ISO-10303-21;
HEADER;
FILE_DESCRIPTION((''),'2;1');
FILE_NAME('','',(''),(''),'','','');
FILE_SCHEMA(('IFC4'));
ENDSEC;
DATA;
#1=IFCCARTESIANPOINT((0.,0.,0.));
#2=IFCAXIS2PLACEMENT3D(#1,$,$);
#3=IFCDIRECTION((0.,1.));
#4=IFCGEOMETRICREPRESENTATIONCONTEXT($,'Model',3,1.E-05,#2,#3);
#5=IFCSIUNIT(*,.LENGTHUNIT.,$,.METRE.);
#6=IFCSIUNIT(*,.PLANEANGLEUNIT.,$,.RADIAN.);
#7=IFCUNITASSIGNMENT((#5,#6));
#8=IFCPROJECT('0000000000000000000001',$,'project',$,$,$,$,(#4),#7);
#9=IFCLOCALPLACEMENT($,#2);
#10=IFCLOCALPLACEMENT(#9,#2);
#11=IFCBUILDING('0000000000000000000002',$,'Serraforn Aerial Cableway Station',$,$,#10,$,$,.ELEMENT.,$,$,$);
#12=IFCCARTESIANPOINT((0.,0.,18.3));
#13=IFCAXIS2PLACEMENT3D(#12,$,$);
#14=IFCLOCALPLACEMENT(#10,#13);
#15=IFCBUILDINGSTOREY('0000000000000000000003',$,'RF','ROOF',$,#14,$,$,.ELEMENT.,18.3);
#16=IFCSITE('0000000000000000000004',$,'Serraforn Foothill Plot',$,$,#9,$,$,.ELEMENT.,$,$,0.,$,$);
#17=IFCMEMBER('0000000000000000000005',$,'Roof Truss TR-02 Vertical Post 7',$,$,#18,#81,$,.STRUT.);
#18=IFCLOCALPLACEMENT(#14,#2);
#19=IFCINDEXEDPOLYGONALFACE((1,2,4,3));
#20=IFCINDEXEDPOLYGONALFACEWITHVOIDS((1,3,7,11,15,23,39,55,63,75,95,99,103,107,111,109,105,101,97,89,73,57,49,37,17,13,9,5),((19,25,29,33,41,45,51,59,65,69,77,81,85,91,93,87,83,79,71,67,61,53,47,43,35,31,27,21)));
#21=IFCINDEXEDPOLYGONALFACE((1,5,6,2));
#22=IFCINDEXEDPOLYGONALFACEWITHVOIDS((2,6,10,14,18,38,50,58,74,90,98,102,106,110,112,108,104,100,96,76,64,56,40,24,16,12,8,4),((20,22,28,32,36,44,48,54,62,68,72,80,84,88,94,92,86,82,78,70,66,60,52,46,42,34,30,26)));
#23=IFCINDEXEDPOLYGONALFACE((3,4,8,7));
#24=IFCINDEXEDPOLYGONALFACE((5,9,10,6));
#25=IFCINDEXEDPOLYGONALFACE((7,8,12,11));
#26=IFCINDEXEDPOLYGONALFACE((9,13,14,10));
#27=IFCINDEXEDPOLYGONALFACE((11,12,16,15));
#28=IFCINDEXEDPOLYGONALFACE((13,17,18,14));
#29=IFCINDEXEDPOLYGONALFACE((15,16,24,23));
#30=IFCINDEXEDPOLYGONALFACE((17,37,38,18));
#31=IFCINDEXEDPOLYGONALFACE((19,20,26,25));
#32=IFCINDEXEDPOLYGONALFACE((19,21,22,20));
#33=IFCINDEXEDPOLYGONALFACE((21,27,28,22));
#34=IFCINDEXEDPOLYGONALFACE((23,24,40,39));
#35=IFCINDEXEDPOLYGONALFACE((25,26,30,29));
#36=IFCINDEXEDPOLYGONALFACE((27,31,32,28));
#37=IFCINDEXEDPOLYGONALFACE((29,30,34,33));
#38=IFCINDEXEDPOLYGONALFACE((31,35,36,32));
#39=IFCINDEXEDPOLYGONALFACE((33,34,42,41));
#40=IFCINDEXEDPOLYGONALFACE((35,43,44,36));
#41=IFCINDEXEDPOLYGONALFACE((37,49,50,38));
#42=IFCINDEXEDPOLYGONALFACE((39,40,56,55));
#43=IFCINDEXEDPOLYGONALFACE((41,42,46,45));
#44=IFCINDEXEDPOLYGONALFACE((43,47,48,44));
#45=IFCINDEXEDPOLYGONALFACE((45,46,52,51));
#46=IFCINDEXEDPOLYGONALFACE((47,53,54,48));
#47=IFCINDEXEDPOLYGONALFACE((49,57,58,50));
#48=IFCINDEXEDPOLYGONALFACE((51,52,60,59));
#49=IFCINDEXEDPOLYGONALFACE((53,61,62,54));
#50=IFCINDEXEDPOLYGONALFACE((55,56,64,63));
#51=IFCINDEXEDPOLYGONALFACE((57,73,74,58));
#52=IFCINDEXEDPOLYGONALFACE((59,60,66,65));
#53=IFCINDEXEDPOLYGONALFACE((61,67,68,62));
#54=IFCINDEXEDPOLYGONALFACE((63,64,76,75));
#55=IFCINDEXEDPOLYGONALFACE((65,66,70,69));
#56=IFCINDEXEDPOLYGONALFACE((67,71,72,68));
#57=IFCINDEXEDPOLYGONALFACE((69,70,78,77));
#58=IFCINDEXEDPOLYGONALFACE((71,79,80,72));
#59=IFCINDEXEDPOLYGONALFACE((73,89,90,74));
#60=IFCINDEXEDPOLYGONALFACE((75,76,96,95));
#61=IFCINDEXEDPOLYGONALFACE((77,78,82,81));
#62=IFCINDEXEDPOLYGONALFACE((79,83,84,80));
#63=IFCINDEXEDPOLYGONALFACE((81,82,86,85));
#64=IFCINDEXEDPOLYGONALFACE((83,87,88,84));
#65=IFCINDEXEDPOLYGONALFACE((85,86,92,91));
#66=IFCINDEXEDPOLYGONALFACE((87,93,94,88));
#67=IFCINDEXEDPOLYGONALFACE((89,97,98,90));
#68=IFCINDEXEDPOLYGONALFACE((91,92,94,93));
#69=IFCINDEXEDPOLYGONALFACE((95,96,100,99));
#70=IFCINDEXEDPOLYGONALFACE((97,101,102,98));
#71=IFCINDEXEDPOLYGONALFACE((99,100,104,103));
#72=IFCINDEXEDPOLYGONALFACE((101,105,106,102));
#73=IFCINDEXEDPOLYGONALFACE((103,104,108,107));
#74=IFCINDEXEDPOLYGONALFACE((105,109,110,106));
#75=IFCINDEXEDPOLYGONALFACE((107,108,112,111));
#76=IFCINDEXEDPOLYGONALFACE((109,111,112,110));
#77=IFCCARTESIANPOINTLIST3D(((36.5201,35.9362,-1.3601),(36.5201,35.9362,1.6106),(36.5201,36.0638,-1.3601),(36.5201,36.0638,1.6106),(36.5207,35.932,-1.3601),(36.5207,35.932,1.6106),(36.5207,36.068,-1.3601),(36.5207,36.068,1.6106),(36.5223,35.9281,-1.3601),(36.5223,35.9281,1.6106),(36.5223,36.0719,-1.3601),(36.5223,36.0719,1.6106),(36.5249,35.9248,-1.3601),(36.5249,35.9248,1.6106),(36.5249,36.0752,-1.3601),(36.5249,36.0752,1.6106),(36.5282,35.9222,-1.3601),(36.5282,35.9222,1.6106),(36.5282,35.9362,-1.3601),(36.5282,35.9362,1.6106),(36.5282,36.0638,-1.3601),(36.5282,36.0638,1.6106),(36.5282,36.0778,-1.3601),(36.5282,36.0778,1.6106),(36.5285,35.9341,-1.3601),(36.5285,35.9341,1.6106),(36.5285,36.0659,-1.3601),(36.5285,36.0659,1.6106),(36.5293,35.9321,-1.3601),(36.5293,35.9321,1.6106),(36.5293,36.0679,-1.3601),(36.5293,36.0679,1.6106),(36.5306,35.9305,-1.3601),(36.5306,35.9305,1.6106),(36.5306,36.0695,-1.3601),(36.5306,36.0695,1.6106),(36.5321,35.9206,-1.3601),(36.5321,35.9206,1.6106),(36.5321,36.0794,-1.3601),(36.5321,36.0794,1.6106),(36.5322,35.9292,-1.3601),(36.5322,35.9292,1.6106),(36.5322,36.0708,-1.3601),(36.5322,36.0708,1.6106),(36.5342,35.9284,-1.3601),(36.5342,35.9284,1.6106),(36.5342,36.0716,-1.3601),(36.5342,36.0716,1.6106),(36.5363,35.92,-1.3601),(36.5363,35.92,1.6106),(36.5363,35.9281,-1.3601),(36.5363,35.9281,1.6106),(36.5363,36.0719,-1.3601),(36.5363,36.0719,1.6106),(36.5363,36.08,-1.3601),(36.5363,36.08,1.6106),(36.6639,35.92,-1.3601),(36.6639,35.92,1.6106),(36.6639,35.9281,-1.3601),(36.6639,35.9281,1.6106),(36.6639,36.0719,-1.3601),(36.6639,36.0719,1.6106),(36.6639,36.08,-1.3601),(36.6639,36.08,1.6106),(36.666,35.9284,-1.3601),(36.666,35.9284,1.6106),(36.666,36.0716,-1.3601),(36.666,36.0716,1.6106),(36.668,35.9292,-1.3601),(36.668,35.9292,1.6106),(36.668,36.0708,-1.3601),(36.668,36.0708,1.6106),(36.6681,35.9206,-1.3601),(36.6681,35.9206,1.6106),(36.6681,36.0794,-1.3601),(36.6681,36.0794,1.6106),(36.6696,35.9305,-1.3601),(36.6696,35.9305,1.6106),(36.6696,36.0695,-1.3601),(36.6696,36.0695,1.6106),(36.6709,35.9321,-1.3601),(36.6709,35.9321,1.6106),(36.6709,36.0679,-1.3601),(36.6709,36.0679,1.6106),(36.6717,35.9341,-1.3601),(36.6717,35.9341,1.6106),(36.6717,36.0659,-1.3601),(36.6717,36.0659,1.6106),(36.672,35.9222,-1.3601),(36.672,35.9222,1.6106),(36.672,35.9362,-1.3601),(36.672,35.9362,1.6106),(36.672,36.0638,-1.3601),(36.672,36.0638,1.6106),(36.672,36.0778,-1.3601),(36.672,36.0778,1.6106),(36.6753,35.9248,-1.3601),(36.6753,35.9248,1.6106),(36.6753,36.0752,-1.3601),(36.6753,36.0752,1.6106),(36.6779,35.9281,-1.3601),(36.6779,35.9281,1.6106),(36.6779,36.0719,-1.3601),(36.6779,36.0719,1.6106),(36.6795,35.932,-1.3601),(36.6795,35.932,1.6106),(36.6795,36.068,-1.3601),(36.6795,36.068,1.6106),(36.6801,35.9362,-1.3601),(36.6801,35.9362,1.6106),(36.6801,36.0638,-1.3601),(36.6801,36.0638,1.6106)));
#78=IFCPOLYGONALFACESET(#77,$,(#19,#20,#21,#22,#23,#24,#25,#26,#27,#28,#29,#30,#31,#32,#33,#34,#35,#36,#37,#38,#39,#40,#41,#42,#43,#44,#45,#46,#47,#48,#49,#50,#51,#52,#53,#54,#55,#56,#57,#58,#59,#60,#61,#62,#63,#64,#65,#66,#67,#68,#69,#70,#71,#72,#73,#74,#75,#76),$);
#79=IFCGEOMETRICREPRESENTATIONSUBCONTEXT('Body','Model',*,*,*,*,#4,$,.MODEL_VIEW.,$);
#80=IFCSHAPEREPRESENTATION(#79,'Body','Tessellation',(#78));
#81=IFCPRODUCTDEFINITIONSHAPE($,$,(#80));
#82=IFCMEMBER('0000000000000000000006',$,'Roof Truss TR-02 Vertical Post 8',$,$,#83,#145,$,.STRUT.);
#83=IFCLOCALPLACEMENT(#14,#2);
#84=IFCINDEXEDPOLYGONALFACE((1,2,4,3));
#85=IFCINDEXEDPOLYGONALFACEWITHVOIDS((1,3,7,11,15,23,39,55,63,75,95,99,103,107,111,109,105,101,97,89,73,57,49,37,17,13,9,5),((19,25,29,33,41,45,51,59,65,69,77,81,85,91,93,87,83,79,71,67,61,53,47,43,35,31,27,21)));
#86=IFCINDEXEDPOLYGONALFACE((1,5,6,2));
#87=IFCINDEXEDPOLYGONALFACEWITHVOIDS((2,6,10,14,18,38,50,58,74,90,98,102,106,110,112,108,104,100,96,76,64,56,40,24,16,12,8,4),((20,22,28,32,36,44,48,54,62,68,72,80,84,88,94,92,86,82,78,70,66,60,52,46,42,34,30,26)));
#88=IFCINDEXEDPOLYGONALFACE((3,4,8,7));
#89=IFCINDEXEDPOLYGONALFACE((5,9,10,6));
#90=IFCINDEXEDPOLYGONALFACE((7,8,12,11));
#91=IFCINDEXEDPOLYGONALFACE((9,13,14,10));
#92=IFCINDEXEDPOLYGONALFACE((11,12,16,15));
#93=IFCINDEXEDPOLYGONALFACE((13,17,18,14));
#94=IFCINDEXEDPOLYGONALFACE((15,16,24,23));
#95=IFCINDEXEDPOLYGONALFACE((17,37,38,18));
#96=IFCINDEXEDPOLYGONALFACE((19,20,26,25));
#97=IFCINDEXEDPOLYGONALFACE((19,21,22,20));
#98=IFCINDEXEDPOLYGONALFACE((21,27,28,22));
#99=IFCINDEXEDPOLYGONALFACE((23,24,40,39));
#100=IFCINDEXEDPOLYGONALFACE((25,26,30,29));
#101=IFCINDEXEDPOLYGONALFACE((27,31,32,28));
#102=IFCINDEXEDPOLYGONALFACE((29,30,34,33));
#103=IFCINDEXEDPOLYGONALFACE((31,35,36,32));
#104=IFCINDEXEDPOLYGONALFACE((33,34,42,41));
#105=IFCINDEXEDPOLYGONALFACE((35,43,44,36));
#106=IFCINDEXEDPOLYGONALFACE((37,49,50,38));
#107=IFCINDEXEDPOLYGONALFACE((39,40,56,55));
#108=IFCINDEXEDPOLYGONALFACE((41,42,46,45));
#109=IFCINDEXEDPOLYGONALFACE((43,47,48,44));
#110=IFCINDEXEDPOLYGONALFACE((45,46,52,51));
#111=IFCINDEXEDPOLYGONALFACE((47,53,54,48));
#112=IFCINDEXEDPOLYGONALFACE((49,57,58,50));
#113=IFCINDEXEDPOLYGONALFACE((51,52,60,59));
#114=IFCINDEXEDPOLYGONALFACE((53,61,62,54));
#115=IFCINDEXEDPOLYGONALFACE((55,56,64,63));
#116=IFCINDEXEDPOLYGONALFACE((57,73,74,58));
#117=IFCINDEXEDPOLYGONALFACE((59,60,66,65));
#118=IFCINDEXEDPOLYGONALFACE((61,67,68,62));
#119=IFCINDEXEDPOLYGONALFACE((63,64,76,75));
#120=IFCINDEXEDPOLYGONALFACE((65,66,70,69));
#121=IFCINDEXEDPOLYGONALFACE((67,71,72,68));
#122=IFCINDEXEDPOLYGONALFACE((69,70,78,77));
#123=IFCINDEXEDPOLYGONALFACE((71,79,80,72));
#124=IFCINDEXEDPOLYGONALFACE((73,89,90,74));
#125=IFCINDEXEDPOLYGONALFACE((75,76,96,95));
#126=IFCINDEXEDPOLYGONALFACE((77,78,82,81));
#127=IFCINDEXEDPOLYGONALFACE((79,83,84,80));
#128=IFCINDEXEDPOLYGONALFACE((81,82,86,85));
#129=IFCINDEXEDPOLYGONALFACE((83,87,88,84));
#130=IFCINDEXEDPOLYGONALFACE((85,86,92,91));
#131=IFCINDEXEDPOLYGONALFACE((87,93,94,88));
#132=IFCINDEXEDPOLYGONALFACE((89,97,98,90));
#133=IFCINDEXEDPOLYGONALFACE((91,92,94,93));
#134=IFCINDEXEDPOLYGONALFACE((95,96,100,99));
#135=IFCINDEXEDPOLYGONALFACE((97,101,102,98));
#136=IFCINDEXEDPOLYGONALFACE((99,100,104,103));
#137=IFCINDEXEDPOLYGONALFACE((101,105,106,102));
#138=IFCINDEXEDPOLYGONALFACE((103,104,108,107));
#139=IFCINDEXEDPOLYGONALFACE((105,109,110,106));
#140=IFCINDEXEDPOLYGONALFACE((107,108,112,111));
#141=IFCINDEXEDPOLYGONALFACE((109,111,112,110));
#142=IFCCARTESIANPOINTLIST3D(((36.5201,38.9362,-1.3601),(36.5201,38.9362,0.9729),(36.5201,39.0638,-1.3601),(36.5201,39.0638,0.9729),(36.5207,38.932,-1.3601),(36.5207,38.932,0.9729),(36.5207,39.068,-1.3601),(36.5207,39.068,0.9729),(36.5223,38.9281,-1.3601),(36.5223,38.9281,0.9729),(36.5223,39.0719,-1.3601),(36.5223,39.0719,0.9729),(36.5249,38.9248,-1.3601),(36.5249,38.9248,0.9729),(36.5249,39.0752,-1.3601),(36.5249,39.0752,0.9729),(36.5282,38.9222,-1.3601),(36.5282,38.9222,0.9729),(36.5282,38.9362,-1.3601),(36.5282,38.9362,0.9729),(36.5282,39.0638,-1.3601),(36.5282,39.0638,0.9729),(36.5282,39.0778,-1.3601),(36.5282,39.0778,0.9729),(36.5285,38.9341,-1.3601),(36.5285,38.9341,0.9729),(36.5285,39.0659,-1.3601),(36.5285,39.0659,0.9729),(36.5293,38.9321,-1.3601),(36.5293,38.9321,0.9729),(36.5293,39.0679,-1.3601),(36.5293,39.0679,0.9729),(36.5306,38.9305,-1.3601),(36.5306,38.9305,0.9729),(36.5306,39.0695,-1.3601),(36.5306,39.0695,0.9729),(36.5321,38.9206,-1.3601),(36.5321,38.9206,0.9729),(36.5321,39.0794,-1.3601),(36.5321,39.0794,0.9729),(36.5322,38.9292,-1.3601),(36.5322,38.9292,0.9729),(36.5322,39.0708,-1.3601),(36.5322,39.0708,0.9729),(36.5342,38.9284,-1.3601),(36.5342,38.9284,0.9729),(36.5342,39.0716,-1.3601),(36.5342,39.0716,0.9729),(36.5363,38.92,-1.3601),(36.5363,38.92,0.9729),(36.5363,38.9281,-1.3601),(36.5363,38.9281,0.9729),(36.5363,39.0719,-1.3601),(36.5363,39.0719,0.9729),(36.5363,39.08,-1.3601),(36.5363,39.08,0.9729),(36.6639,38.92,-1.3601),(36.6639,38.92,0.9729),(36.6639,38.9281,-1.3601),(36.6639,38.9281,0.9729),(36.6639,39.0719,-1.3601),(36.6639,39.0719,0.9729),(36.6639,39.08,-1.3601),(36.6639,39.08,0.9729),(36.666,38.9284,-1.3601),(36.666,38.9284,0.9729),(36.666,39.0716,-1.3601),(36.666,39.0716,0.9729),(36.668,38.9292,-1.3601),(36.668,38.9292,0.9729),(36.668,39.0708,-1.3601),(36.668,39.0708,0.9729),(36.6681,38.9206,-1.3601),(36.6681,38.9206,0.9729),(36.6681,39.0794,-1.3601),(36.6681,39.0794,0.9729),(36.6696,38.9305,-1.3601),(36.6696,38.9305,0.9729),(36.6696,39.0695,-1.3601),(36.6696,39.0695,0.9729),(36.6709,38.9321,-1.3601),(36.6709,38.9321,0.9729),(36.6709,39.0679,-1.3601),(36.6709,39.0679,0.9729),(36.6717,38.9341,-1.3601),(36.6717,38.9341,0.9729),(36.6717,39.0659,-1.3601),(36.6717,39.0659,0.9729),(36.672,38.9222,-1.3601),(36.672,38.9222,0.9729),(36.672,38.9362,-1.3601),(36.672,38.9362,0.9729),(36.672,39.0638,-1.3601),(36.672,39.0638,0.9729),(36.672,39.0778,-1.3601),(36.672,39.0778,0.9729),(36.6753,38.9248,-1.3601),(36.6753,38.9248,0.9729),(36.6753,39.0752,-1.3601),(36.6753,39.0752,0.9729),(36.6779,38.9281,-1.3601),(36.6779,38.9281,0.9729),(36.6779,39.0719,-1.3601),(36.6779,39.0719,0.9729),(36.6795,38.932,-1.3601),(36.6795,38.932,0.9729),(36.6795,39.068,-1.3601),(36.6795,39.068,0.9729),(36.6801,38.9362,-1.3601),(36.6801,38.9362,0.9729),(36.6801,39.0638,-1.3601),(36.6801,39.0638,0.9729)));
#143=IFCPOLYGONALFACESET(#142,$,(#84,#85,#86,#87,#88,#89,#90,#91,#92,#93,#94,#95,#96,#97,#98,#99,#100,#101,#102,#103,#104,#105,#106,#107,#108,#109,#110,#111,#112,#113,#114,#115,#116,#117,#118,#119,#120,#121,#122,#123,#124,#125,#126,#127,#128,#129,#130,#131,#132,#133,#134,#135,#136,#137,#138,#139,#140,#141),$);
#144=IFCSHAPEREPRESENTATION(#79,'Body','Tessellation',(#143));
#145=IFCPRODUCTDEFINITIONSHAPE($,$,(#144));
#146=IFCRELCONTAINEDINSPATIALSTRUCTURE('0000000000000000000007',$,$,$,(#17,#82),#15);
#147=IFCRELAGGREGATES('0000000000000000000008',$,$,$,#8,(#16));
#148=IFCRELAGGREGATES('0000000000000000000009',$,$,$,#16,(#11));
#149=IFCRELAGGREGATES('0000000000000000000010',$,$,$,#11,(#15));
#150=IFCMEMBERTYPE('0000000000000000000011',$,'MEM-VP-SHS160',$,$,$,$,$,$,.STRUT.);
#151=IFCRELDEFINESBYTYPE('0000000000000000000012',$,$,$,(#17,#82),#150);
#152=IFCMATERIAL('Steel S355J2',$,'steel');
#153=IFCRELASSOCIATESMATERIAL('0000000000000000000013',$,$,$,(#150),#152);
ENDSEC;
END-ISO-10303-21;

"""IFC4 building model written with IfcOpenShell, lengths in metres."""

from ifc_helpers import new_model, si_unit, direction, frame, origin, origin_2d, place, context, subcontext, project, spatial, hollow_rectangle, extrude, material, material_profile, profile_set, type_object, element, save


model = new_model("IFC4")

# Units and contexts
model_context = context("Model", 3, precision=1e-05, world=origin(), true_north=direction((0.0, 1.0)))
body_context = subcontext(model_context, "Body", "Model", "MODEL_VIEW")
ifc_project = project(units=[si_unit("LENGTHUNIT", "METRE"), si_unit("PLANEANGLEUNIT", "RADIAN")], contexts=[model_context])

# Site, building, storey
site_placement = place(None, origin())
site = spatial("IfcSite", under=ifc_project, at=site_placement, Name="Serraforn Foothill Plot", CompositionType="ELEMENT", RefElevation=0.0)
building_placement = place(site_placement, origin())
building = spatial("IfcBuilding", under=site, at=building_placement, Name="Serraforn Aerial Cableway Station", CompositionType="ELEMENT")
storey_placement = place(building_placement, frame((0.0, 0.0, 18.3)))
storey = spatial("IfcBuildingStorey", under=building, at=storey_placement, Name="RF", Description="ROOF", CompositionType="ELEMENT", Elevation=18.3)

# Shared definitions
ifc_material_1 = material(Name="Steel S355J2", Category="steel")

# Members
ifc_material_profile_1 = material_profile(ifc_material_1, hollow_rectangle(XDim=0.1599, YDim=0.1599, WallThickness=0.0081, InnerFilletRadius=0.0081, OuterFilletRadius=0.0161, at=origin_2d()), Name="SHS 160x160x8.0")
ifc_profile_set_1 = profile_set([ifc_material_profile_1], Name="Steel S355J2")
member_type_1 = type_object("IfcMemberType", Name="MEM-VP-SHS160", PredefinedType="STRUT", material=ifc_profile_set_1)
member_1_placement = place(storey_placement, frame((36.6001, 36.0, -1.3601), z_axis=(0.0, 0.0, 1.0), x_axis=(1.0, 0.0, 0.0)))
element("IfcMember", 1, at=member_1_placement, inside=storey, type_object=member_type_1, Name="Roof Truss TR-02 Vertical Post 7", PredefinedType="STRUT", context=body_context, shape_type="SweptSolid", body=[
    extrude(hollow_rectangle(XDim=0.1599, YDim=0.1599, WallThickness=0.0081, InnerFilletRadius=0.0081, OuterFilletRadius=0.0161, at=origin_2d()), origin(), (0.0, 0.0, 1.0), 2.9707),
])
member_2_placement = place(storey_placement, frame((36.6001, 39.0, -1.3601), z_axis=(0.0, 0.0, 1.0), x_axis=(1.0, 0.0, 0.0)))
element("IfcMember", 2, at=member_2_placement, inside=storey, type_object=member_type_1, Name="Roof Truss TR-02 Vertical Post 8", PredefinedType="STRUT", context=body_context, shape_type="SweptSolid", body=[
    extrude(hollow_rectangle(XDim=0.1599, YDim=0.1599, WallThickness=0.0081, InnerFilletRadius=0.0081, OuterFilletRadius=0.0161, at=origin_2d()), origin(), (0.0, 0.0, 1.0), 2.333),
])

save(model, "model.ifc")
